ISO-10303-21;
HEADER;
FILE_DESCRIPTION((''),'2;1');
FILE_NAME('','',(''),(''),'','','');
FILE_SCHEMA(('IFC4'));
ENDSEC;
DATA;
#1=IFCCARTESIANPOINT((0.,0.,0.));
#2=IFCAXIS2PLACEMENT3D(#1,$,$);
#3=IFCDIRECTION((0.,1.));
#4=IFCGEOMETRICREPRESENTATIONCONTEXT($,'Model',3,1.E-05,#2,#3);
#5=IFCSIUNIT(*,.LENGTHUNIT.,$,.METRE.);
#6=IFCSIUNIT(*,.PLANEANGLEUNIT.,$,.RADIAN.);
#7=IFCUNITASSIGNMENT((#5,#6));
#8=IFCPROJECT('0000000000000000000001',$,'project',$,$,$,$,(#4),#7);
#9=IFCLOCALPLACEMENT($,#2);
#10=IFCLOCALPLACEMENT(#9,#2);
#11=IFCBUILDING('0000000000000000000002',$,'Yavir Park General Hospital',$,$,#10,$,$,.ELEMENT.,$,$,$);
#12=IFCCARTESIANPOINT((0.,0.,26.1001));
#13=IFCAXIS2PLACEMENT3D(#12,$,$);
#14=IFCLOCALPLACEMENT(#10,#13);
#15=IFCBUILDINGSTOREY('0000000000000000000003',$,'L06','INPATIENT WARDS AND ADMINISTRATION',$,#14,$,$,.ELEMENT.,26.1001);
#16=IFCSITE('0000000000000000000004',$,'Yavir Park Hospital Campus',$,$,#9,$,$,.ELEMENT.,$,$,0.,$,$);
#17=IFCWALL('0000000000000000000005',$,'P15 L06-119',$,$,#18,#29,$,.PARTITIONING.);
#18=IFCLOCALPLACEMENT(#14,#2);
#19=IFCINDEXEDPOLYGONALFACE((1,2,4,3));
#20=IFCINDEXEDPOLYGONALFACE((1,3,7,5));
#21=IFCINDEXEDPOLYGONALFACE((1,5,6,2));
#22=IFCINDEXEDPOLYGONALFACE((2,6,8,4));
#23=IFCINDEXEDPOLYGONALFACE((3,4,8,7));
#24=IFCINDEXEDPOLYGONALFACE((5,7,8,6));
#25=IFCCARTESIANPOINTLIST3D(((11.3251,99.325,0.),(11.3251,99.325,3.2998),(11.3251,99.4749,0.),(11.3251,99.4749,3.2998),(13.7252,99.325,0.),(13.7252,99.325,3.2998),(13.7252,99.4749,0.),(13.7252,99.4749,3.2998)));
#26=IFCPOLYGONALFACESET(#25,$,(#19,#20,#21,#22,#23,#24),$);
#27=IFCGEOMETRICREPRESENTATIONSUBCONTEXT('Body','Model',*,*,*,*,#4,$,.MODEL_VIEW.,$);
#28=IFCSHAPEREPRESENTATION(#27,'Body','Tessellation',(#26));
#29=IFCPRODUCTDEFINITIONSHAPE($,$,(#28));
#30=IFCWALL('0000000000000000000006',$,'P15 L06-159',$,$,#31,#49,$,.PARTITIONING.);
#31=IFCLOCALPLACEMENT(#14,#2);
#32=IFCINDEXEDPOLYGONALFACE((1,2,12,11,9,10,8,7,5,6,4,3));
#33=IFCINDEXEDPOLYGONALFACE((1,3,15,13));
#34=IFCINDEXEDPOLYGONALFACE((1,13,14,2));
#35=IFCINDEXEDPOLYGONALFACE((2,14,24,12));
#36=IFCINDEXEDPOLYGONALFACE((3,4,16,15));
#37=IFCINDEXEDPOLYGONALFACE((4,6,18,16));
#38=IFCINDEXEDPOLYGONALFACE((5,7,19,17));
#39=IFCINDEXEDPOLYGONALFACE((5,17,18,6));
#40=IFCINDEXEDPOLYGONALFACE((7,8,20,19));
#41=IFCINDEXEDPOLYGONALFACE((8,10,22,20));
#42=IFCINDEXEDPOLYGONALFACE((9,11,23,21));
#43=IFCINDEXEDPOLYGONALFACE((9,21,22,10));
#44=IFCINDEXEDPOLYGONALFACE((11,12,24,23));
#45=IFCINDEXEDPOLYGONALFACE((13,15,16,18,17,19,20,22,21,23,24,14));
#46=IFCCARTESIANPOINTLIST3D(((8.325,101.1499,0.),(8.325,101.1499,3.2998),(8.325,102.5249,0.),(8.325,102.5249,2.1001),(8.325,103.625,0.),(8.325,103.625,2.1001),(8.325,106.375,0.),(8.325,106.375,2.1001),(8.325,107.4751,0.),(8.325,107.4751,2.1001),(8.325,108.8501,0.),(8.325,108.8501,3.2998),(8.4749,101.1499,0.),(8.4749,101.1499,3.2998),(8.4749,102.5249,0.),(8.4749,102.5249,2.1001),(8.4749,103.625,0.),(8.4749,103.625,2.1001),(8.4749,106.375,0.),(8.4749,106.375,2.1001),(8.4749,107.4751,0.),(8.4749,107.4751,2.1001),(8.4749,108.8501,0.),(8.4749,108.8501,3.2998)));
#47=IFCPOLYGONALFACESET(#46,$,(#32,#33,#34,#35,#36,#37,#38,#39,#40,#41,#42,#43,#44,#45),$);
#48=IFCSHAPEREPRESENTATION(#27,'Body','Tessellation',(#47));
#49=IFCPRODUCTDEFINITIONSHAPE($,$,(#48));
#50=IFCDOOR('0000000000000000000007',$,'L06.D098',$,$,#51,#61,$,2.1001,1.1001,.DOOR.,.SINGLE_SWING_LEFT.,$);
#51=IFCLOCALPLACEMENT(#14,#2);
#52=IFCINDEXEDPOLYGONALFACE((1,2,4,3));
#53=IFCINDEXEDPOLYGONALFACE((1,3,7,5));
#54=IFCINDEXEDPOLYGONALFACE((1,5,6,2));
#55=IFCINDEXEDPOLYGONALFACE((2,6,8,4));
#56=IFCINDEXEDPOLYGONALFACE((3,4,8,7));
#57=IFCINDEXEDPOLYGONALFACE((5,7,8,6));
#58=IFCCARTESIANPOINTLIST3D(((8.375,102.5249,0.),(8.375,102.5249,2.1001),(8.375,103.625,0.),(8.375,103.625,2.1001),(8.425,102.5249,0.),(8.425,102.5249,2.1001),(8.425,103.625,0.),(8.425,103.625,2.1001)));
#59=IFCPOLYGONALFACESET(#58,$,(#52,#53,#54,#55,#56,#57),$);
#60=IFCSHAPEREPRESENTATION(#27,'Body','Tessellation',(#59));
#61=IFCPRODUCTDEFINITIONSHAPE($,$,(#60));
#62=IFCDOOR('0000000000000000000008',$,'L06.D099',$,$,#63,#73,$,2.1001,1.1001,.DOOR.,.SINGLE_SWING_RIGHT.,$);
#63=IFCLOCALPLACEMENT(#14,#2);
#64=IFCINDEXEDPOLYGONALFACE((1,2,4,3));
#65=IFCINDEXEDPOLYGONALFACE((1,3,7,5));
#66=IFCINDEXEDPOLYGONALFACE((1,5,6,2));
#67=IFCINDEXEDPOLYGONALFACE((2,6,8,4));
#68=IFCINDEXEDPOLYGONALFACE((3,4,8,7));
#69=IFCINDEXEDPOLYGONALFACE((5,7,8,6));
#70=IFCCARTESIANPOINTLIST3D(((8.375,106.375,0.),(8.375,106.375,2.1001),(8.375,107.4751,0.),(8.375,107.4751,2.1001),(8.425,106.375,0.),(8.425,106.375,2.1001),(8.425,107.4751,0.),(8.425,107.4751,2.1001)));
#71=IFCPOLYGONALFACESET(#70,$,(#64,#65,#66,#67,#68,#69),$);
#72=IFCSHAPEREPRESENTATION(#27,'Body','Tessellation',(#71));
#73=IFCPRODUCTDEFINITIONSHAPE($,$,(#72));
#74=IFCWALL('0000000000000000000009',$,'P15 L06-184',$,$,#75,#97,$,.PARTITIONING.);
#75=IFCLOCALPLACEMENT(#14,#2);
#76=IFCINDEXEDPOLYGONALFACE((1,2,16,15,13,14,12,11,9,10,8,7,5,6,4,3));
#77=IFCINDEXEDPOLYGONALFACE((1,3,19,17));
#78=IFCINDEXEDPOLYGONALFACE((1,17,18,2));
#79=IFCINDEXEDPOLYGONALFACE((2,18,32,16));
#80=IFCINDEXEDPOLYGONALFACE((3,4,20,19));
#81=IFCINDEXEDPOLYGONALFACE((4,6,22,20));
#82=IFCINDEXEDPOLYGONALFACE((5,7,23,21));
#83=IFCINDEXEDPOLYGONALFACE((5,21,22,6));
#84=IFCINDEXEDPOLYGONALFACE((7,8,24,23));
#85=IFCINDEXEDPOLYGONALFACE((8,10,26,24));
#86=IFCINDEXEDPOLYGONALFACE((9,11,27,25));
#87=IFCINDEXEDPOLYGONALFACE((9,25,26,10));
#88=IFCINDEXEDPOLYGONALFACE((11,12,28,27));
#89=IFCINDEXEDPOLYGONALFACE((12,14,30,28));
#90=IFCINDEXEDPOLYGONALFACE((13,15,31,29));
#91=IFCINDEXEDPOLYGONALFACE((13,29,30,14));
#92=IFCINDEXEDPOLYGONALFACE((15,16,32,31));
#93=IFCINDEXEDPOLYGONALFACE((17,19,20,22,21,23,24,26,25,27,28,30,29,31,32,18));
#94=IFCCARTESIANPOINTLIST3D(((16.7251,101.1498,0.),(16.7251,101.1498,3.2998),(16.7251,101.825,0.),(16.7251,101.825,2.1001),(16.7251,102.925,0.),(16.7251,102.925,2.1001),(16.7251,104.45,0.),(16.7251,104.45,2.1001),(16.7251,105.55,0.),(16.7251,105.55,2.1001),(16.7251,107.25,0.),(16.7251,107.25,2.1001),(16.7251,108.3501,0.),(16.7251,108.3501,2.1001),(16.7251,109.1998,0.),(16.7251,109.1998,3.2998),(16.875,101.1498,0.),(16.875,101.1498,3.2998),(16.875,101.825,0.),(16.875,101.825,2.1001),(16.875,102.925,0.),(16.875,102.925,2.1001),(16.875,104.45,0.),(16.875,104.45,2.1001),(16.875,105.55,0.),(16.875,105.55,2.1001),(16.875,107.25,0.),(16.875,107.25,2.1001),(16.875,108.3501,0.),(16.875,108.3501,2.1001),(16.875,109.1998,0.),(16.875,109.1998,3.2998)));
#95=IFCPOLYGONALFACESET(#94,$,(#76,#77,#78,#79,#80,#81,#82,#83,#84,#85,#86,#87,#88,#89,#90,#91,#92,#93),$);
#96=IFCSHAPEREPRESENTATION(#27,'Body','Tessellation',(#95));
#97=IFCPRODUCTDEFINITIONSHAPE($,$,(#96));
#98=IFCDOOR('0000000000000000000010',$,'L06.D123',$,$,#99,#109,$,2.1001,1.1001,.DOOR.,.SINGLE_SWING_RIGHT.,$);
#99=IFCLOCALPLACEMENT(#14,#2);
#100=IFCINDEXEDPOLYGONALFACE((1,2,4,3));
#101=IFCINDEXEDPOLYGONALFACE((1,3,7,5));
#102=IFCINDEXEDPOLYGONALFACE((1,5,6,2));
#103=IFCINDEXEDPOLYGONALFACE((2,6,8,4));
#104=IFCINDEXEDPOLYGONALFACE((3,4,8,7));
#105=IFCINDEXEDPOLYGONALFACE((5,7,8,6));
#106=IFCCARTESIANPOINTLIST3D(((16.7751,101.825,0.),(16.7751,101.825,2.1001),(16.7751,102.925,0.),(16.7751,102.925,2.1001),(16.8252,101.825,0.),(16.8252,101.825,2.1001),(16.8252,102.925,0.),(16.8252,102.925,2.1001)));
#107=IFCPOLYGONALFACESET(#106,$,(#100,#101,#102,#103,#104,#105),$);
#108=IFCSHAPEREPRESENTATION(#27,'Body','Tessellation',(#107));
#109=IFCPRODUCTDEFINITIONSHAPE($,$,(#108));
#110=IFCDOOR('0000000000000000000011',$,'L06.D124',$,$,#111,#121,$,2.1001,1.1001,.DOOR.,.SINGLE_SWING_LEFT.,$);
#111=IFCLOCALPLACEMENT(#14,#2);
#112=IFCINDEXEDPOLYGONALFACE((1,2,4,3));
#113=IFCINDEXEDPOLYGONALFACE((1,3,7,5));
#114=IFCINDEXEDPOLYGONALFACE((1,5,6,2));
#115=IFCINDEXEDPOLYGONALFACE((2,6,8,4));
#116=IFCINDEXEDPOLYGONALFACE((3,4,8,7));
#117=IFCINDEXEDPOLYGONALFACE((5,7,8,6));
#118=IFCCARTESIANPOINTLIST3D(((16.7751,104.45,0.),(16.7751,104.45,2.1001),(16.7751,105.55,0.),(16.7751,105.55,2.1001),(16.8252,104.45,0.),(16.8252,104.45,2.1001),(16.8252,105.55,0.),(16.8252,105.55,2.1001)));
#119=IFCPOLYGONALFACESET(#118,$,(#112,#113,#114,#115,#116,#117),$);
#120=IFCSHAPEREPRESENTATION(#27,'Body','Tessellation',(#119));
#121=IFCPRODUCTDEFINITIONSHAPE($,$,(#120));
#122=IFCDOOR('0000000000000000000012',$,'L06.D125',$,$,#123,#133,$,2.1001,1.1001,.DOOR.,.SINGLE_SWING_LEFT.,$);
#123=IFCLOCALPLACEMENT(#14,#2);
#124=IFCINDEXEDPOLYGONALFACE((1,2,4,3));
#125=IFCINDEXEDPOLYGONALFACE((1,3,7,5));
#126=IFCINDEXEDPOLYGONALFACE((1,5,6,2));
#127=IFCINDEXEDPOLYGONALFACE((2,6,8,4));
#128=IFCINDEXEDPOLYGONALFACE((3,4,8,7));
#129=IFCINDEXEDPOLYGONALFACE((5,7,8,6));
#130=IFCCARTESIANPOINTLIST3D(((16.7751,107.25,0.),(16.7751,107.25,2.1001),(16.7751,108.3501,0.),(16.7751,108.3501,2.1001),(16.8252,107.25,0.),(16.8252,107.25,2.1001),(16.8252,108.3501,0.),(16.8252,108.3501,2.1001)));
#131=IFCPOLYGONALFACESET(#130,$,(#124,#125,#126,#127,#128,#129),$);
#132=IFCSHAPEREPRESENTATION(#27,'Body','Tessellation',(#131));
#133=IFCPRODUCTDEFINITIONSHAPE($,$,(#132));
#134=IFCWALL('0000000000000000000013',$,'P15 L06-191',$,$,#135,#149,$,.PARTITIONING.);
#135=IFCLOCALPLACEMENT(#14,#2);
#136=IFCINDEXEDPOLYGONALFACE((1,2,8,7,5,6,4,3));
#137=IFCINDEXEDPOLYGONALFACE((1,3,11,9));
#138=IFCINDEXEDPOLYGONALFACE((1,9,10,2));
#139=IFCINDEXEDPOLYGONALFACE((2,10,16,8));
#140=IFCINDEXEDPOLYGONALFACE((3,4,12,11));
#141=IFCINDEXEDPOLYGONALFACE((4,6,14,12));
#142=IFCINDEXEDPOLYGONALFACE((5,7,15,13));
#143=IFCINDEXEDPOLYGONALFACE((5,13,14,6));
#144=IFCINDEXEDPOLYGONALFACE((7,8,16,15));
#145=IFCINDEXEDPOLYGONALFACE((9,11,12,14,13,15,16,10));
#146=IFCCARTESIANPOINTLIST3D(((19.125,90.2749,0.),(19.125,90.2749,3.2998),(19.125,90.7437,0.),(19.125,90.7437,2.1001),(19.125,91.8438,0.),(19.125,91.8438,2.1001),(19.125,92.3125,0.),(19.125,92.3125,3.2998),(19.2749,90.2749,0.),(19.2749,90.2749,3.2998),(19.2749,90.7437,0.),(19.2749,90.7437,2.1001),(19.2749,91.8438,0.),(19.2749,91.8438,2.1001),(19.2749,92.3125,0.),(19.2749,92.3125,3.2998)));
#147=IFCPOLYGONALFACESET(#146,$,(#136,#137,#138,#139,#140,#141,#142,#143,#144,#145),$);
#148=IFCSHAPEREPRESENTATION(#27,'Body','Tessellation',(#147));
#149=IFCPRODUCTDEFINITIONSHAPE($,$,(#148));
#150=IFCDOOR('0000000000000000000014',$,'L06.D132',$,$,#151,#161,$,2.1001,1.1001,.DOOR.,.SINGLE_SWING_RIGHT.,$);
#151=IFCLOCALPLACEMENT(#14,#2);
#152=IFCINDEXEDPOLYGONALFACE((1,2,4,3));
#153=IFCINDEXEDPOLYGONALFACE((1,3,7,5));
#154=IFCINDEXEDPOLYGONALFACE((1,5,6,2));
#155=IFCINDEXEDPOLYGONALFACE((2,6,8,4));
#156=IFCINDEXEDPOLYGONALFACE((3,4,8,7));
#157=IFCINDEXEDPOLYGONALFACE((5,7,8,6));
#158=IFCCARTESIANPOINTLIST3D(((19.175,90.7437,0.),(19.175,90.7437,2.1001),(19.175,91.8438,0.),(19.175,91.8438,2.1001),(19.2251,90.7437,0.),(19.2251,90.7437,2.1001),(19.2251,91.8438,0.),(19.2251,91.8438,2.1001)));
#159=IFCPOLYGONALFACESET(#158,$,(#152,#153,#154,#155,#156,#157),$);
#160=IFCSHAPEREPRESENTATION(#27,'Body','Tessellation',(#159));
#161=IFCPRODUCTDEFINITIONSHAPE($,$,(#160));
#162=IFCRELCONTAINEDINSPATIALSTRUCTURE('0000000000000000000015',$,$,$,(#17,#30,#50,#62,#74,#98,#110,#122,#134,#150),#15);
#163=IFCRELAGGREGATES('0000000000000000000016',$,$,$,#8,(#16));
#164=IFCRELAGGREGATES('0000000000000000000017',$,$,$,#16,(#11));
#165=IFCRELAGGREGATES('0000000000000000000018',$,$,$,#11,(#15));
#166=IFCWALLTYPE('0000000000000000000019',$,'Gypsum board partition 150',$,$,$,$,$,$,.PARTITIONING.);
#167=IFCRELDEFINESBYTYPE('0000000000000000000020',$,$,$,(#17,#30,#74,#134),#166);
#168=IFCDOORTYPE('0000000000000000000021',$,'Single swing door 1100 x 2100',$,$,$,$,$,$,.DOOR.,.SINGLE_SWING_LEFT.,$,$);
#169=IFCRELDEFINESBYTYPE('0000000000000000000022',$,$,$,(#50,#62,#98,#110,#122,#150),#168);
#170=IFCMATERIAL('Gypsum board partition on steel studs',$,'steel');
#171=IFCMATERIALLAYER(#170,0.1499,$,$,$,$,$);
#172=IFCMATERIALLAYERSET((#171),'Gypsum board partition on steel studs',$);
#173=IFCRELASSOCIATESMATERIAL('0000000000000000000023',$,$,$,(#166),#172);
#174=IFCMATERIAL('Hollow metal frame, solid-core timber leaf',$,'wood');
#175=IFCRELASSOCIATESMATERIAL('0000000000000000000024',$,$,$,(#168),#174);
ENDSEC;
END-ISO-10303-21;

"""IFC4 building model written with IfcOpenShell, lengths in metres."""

from ifc_helpers import new_model, si_unit, direction, frame, frame_2d, origin, place, context, subcontext, project, spatial, rectangle, extrude, material, layer, layer_set, type_object, element, fill, save


model = new_model("IFC4")

# Units and contexts
model_context = context("Model", 3, precision=1e-05, world=origin(), true_north=direction((0.0, 1.0)))
body_context = subcontext(model_context, "Body", "Model", "MODEL_VIEW")
ifc_project = project(units=[si_unit("LENGTHUNIT", "METRE"), si_unit("PLANEANGLEUNIT", "RADIAN")], contexts=[model_context])

# Site, building, storey
site_placement = place(None, origin())
site = spatial("IfcSite", under=ifc_project, at=site_placement, Name="Yavir Park Hospital Campus", CompositionType="ELEMENT", RefElevation=0.0)
building_placement = place(site_placement, origin())
building = spatial("IfcBuilding", under=site, at=building_placement, Name="Yavir Park General Hospital", CompositionType="ELEMENT")
storey_placement = place(building_placement, frame((0.0, 0.0, 26.1001)))
storey = spatial("IfcBuildingStorey", under=building, at=storey_placement, Name="L06", Description="INPATIENT WARDS AND ADMINISTRATION", CompositionType="ELEMENT", Elevation=26.1001)

# Wall
ifc_material_1 = material(Name="Gypsum board partition on steel studs", Category="steel")
ifc_layer_1 = layer(ifc_material_1, 0.1499)
ifc_layer_set_1 = layer_set([ifc_layer_1], Name="Gypsum board partition on steel studs")
wall_type_1 = type_object("IfcWallType", Name="Gypsum board partition 150", PredefinedType="PARTITIONING", material=ifc_layer_set_1)
wall_1_placement = place(storey_placement, frame((11.325, 99.3999, 0.0), z_axis=(0.0, 0.0, 1.0), x_axis=(1.0, 0.0, 0.0)))
element("IfcWall", 1, at=wall_1_placement, inside=storey, type_object=wall_type_1, Name="P15 L06-119", PredefinedType="PARTITIONING", context=body_context, shape_type="SweptSolid", body=[
    extrude(rectangle(XDim=2.4001, YDim=0.1499, at=frame_2d((1.2002, 0.0))), origin(), (0.0, 0.0, 1.0), 3.2998),
])

# Wall, openings, doors
wall_2_placement = place(storey_placement, frame((8.3999, 101.1499, 0.0), z_axis=(0.0, 0.0, 1.0), x_axis=(0.0, 1.0, 0.0)))
wall_2 = element("IfcWall", 2, at=wall_2_placement, inside=storey, type_object=wall_type_1, Name="P15 L06-159", PredefinedType="PARTITIONING", context=body_context, shape_type="SweptSolid", body=[
    extrude(rectangle(XDim=7.7002, YDim=0.1499, at=frame_2d((3.8501, 0.0))), origin(), (0.0, 0.0, 1.0), 3.2998),
])
opening_1_placement = place(wall_2_placement, frame((1.375, 0.0, 0.0)))
opening_1 = element("IfcOpeningElement", 3, at=opening_1_placement, cuts=wall_2, PredefinedType="OPENING", context=body_context, shape_type="SweptSolid", body=[
    extrude(rectangle(XDim=1.1001, YDim=2.1001, at=frame_2d((0.55, 1.05))), frame((0.0, 0.085, 0.0), z_axis=(0.0, -1.0, 0.0), x_axis=(1.0, 0.0, 0.0)), (0.0, 0.0, 1.0), 0.1699),
])
opening_2_placement = place(wall_2_placement, frame((5.2251, 0.0, 0.0)))
opening_2 = element("IfcOpeningElement", 4, at=opening_2_placement, cuts=wall_2, PredefinedType="OPENING", context=body_context, shape_type="SweptSolid", body=[
    extrude(rectangle(XDim=1.1001, YDim=2.1001, at=frame_2d((0.55, 1.05))), frame((0.0, 0.085, 0.0), z_axis=(0.0, -1.0, 0.0), x_axis=(1.0, 0.0, 0.0)), (0.0, 0.0, 1.0), 0.1699),
])
ifc_material_2 = material(Name="Hollow metal frame, solid-core timber leaf", Category="wood")
door_type_1 = type_object("IfcDoorType", Name="Single swing door 1100 x 2100", OperationType="SINGLE_SWING_LEFT", PredefinedType="DOOR", material=ifc_material_2)
door_1_placement = place(opening_1_placement, origin())
door_1 = element("IfcDoor", 5, at=door_1_placement, inside=storey, type_object=door_type_1, Name="L06.D098", OperationType="SINGLE_SWING_LEFT", OverallHeight=2.1001, OverallWidth=1.1001, PredefinedType="DOOR", context=body_context, shape_type="SweptSolid", body=[
    extrude(rectangle(XDim=1.1001, YDim=2.1001, at=frame_2d((0.55, 1.05))), frame((0.0, 0.0249, 0.0), z_axis=(0.0, -1.0, 0.0), x_axis=(1.0, 0.0, 0.0)), (0.0, 0.0, 1.0), 0.05),
])
fill(opening_1, door_1)
door_2_placement = place(opening_2_placement, origin())
door_2 = element("IfcDoor", 6, at=door_2_placement, inside=storey, type_object=door_type_1, Name="L06.D099", OperationType="SINGLE_SWING_RIGHT", OverallHeight=2.1001, OverallWidth=1.1001, PredefinedType="DOOR", context=body_context, shape_type="SweptSolid", body=[
    extrude(rectangle(XDim=1.1001, YDim=2.1001, at=frame_2d((0.55, 1.05))), frame((0.0, 0.0249, 0.0), z_axis=(0.0, -1.0, 0.0), x_axis=(1.0, 0.0, 0.0)), (0.0, 0.0, 1.0), 0.05),
])
fill(opening_2, door_2)

# Wall, openings, doors
wall_3_placement = place(storey_placement, frame((16.8, 101.1499, 0.0), z_axis=(0.0, 0.0, 1.0), x_axis=(0.0, 1.0, 0.0)))
wall_3 = element("IfcWall", 7, at=wall_3_placement, inside=storey, type_object=wall_type_1, Name="P15 L06-184", PredefinedType="PARTITIONING", context=body_context, shape_type="SweptSolid", body=[
    extrude(rectangle(XDim=8.05, YDim=0.1499, at=frame_2d((4.0249, 0.0))), origin(), (0.0, 0.0, 1.0), 3.2998),
])
opening_3_placement = place(wall_3_placement, frame((0.675, 0.0, 0.0)))
opening_3 = element("IfcOpeningElement", 8, at=opening_3_placement, cuts=wall_3, PredefinedType="OPENING", context=body_context, shape_type="SweptSolid", body=[
    extrude(rectangle(XDim=1.1001, YDim=2.1001, at=frame_2d((0.55, 1.05))), frame((0.0, 0.085, 0.0), z_axis=(0.0, -1.0, 0.0), x_axis=(1.0, 0.0, 0.0)), (0.0, 0.0, 1.0), 0.1699),
])
opening_4_placement = place(wall_3_placement, frame((3.3, 0.0, 0.0)))
opening_4 = element("IfcOpeningElement", 9, at=opening_4_placement, cuts=wall_3, PredefinedType="OPENING", context=body_context, shape_type="SweptSolid", body=[
    extrude(rectangle(XDim=1.1001, YDim=2.1001, at=frame_2d((0.55, 1.05))), frame((0.0, 0.085, 0.0), z_axis=(0.0, -1.0, 0.0), x_axis=(1.0, 0.0, 0.0)), (0.0, 0.0, 1.0), 0.1699),
])
opening_5_placement = place(wall_3_placement, frame((6.1001, 0.0, 0.0)))
opening_5 = element("IfcOpeningElement", 10, at=opening_5_placement, cuts=wall_3, PredefinedType="OPENING", context=body_context, shape_type="SweptSolid", body=[
    extrude(rectangle(XDim=1.1001, YDim=2.1001, at=frame_2d((0.55, 1.05))), frame((0.0, 0.085, 0.0), z_axis=(0.0, -1.0, 0.0), x_axis=(1.0, 0.0, 0.0)), (0.0, 0.0, 1.0), 0.1699),
])
door_3_placement = place(opening_3_placement, origin())
door_3 = element("IfcDoor", 11, at=door_3_placement, inside=storey, type_object=door_type_1, Name="L06.D123", OperationType="SINGLE_SWING_RIGHT", OverallHeight=2.1001, OverallWidth=1.1001, PredefinedType="DOOR", context=body_context, shape_type="SweptSolid", body=[
    extrude(rectangle(XDim=1.1001, YDim=2.1001, at=frame_2d((0.55, 1.05))), frame((0.0, 0.0249, 0.0), z_axis=(0.0, -1.0, 0.0), x_axis=(1.0, 0.0, 0.0)), (0.0, 0.0, 1.0), 0.05),
])
fill(opening_3, door_3)
door_4_placement = place(opening_4_placement, origin())
door_4 = element("IfcDoor", 12, at=door_4_placement, inside=storey, type_object=door_type_1, Name="L06.D124", OperationType="SINGLE_SWING_LEFT", OverallHeight=2.1001, OverallWidth=1.1001, PredefinedType="DOOR", context=body_context, shape_type="SweptSolid", body=[
    extrude(rectangle(XDim=1.1001, YDim=2.1001, at=frame_2d((0.55, 1.05))), frame((0.0, 0.0249, 0.0), z_axis=(0.0, -1.0, 0.0), x_axis=(1.0, 0.0, 0.0)), (0.0, 0.0, 1.0), 0.05),
])
fill(opening_4, door_4)
door_5_placement = place(opening_5_placement, origin())
door_5 = element("IfcDoor", 13, at=door_5_placement, inside=storey, type_object=door_type_1, Name="L06.D125", OperationType="SINGLE_SWING_LEFT", OverallHeight=2.1001, OverallWidth=1.1001, PredefinedType="DOOR", context=body_context, shape_type="SweptSolid", body=[
    extrude(rectangle(XDim=1.1001, YDim=2.1001, at=frame_2d((0.55, 1.05))), frame((0.0, 0.0249, 0.0), z_axis=(0.0, -1.0, 0.0), x_axis=(1.0, 0.0, 0.0)), (0.0, 0.0, 1.0), 0.05),
])
fill(opening_5, door_5)

# Wall, opening, door
wall_4_placement = place(storey_placement, frame((19.2, 90.2749, 0.0), z_axis=(0.0, 0.0, 1.0), x_axis=(0.0, 1.0, 0.0)))
wall_4 = element("IfcWall", 14, at=wall_4_placement, inside=storey, type_object=wall_type_1, Name="P15 L06-191", PredefinedType="PARTITIONING", context=body_context, shape_type="SweptSolid", body=[
    extrude(rectangle(XDim=2.0376, YDim=0.1499, at=frame_2d((1.0188, 0.0))), origin(), (0.0, 0.0, 1.0), 3.2998),
])
opening_6_placement = place(wall_4_placement, frame((0.4688, 0.0, 0.0)))
opening_6 = element("IfcOpeningElement", 15, at=opening_6_placement, cuts=wall_4, PredefinedType="OPENING", context=body_context, shape_type="SweptSolid", body=[
    extrude(rectangle(XDim=1.1001, YDim=2.1001, at=frame_2d((0.55, 1.05))), frame((0.0, 0.085, 0.0), z_axis=(0.0, -1.0, 0.0), x_axis=(1.0, 0.0, 0.0)), (0.0, 0.0, 1.0), 0.1699),
])
door_6_placement = place(opening_6_placement, origin())
door_6 = element("IfcDoor", 16, at=door_6_placement, inside=storey, type_object=door_type_1, Name="L06.D132", OperationType="SINGLE_SWING_RIGHT", OverallHeight=2.1001, OverallWidth=1.1001, PredefinedType="DOOR", context=body_context, shape_type="SweptSolid", body=[
    extrude(rectangle(XDim=1.1001, YDim=2.1001, at=frame_2d((0.55, 1.05))), frame((0.0, 0.0249, 0.0), z_axis=(0.0, -1.0, 0.0), x_axis=(1.0, 0.0, 0.0)), (0.0, 0.0, 1.0), 0.05),
])
fill(opening_6, door_6)

save(model, "model.ifc")
